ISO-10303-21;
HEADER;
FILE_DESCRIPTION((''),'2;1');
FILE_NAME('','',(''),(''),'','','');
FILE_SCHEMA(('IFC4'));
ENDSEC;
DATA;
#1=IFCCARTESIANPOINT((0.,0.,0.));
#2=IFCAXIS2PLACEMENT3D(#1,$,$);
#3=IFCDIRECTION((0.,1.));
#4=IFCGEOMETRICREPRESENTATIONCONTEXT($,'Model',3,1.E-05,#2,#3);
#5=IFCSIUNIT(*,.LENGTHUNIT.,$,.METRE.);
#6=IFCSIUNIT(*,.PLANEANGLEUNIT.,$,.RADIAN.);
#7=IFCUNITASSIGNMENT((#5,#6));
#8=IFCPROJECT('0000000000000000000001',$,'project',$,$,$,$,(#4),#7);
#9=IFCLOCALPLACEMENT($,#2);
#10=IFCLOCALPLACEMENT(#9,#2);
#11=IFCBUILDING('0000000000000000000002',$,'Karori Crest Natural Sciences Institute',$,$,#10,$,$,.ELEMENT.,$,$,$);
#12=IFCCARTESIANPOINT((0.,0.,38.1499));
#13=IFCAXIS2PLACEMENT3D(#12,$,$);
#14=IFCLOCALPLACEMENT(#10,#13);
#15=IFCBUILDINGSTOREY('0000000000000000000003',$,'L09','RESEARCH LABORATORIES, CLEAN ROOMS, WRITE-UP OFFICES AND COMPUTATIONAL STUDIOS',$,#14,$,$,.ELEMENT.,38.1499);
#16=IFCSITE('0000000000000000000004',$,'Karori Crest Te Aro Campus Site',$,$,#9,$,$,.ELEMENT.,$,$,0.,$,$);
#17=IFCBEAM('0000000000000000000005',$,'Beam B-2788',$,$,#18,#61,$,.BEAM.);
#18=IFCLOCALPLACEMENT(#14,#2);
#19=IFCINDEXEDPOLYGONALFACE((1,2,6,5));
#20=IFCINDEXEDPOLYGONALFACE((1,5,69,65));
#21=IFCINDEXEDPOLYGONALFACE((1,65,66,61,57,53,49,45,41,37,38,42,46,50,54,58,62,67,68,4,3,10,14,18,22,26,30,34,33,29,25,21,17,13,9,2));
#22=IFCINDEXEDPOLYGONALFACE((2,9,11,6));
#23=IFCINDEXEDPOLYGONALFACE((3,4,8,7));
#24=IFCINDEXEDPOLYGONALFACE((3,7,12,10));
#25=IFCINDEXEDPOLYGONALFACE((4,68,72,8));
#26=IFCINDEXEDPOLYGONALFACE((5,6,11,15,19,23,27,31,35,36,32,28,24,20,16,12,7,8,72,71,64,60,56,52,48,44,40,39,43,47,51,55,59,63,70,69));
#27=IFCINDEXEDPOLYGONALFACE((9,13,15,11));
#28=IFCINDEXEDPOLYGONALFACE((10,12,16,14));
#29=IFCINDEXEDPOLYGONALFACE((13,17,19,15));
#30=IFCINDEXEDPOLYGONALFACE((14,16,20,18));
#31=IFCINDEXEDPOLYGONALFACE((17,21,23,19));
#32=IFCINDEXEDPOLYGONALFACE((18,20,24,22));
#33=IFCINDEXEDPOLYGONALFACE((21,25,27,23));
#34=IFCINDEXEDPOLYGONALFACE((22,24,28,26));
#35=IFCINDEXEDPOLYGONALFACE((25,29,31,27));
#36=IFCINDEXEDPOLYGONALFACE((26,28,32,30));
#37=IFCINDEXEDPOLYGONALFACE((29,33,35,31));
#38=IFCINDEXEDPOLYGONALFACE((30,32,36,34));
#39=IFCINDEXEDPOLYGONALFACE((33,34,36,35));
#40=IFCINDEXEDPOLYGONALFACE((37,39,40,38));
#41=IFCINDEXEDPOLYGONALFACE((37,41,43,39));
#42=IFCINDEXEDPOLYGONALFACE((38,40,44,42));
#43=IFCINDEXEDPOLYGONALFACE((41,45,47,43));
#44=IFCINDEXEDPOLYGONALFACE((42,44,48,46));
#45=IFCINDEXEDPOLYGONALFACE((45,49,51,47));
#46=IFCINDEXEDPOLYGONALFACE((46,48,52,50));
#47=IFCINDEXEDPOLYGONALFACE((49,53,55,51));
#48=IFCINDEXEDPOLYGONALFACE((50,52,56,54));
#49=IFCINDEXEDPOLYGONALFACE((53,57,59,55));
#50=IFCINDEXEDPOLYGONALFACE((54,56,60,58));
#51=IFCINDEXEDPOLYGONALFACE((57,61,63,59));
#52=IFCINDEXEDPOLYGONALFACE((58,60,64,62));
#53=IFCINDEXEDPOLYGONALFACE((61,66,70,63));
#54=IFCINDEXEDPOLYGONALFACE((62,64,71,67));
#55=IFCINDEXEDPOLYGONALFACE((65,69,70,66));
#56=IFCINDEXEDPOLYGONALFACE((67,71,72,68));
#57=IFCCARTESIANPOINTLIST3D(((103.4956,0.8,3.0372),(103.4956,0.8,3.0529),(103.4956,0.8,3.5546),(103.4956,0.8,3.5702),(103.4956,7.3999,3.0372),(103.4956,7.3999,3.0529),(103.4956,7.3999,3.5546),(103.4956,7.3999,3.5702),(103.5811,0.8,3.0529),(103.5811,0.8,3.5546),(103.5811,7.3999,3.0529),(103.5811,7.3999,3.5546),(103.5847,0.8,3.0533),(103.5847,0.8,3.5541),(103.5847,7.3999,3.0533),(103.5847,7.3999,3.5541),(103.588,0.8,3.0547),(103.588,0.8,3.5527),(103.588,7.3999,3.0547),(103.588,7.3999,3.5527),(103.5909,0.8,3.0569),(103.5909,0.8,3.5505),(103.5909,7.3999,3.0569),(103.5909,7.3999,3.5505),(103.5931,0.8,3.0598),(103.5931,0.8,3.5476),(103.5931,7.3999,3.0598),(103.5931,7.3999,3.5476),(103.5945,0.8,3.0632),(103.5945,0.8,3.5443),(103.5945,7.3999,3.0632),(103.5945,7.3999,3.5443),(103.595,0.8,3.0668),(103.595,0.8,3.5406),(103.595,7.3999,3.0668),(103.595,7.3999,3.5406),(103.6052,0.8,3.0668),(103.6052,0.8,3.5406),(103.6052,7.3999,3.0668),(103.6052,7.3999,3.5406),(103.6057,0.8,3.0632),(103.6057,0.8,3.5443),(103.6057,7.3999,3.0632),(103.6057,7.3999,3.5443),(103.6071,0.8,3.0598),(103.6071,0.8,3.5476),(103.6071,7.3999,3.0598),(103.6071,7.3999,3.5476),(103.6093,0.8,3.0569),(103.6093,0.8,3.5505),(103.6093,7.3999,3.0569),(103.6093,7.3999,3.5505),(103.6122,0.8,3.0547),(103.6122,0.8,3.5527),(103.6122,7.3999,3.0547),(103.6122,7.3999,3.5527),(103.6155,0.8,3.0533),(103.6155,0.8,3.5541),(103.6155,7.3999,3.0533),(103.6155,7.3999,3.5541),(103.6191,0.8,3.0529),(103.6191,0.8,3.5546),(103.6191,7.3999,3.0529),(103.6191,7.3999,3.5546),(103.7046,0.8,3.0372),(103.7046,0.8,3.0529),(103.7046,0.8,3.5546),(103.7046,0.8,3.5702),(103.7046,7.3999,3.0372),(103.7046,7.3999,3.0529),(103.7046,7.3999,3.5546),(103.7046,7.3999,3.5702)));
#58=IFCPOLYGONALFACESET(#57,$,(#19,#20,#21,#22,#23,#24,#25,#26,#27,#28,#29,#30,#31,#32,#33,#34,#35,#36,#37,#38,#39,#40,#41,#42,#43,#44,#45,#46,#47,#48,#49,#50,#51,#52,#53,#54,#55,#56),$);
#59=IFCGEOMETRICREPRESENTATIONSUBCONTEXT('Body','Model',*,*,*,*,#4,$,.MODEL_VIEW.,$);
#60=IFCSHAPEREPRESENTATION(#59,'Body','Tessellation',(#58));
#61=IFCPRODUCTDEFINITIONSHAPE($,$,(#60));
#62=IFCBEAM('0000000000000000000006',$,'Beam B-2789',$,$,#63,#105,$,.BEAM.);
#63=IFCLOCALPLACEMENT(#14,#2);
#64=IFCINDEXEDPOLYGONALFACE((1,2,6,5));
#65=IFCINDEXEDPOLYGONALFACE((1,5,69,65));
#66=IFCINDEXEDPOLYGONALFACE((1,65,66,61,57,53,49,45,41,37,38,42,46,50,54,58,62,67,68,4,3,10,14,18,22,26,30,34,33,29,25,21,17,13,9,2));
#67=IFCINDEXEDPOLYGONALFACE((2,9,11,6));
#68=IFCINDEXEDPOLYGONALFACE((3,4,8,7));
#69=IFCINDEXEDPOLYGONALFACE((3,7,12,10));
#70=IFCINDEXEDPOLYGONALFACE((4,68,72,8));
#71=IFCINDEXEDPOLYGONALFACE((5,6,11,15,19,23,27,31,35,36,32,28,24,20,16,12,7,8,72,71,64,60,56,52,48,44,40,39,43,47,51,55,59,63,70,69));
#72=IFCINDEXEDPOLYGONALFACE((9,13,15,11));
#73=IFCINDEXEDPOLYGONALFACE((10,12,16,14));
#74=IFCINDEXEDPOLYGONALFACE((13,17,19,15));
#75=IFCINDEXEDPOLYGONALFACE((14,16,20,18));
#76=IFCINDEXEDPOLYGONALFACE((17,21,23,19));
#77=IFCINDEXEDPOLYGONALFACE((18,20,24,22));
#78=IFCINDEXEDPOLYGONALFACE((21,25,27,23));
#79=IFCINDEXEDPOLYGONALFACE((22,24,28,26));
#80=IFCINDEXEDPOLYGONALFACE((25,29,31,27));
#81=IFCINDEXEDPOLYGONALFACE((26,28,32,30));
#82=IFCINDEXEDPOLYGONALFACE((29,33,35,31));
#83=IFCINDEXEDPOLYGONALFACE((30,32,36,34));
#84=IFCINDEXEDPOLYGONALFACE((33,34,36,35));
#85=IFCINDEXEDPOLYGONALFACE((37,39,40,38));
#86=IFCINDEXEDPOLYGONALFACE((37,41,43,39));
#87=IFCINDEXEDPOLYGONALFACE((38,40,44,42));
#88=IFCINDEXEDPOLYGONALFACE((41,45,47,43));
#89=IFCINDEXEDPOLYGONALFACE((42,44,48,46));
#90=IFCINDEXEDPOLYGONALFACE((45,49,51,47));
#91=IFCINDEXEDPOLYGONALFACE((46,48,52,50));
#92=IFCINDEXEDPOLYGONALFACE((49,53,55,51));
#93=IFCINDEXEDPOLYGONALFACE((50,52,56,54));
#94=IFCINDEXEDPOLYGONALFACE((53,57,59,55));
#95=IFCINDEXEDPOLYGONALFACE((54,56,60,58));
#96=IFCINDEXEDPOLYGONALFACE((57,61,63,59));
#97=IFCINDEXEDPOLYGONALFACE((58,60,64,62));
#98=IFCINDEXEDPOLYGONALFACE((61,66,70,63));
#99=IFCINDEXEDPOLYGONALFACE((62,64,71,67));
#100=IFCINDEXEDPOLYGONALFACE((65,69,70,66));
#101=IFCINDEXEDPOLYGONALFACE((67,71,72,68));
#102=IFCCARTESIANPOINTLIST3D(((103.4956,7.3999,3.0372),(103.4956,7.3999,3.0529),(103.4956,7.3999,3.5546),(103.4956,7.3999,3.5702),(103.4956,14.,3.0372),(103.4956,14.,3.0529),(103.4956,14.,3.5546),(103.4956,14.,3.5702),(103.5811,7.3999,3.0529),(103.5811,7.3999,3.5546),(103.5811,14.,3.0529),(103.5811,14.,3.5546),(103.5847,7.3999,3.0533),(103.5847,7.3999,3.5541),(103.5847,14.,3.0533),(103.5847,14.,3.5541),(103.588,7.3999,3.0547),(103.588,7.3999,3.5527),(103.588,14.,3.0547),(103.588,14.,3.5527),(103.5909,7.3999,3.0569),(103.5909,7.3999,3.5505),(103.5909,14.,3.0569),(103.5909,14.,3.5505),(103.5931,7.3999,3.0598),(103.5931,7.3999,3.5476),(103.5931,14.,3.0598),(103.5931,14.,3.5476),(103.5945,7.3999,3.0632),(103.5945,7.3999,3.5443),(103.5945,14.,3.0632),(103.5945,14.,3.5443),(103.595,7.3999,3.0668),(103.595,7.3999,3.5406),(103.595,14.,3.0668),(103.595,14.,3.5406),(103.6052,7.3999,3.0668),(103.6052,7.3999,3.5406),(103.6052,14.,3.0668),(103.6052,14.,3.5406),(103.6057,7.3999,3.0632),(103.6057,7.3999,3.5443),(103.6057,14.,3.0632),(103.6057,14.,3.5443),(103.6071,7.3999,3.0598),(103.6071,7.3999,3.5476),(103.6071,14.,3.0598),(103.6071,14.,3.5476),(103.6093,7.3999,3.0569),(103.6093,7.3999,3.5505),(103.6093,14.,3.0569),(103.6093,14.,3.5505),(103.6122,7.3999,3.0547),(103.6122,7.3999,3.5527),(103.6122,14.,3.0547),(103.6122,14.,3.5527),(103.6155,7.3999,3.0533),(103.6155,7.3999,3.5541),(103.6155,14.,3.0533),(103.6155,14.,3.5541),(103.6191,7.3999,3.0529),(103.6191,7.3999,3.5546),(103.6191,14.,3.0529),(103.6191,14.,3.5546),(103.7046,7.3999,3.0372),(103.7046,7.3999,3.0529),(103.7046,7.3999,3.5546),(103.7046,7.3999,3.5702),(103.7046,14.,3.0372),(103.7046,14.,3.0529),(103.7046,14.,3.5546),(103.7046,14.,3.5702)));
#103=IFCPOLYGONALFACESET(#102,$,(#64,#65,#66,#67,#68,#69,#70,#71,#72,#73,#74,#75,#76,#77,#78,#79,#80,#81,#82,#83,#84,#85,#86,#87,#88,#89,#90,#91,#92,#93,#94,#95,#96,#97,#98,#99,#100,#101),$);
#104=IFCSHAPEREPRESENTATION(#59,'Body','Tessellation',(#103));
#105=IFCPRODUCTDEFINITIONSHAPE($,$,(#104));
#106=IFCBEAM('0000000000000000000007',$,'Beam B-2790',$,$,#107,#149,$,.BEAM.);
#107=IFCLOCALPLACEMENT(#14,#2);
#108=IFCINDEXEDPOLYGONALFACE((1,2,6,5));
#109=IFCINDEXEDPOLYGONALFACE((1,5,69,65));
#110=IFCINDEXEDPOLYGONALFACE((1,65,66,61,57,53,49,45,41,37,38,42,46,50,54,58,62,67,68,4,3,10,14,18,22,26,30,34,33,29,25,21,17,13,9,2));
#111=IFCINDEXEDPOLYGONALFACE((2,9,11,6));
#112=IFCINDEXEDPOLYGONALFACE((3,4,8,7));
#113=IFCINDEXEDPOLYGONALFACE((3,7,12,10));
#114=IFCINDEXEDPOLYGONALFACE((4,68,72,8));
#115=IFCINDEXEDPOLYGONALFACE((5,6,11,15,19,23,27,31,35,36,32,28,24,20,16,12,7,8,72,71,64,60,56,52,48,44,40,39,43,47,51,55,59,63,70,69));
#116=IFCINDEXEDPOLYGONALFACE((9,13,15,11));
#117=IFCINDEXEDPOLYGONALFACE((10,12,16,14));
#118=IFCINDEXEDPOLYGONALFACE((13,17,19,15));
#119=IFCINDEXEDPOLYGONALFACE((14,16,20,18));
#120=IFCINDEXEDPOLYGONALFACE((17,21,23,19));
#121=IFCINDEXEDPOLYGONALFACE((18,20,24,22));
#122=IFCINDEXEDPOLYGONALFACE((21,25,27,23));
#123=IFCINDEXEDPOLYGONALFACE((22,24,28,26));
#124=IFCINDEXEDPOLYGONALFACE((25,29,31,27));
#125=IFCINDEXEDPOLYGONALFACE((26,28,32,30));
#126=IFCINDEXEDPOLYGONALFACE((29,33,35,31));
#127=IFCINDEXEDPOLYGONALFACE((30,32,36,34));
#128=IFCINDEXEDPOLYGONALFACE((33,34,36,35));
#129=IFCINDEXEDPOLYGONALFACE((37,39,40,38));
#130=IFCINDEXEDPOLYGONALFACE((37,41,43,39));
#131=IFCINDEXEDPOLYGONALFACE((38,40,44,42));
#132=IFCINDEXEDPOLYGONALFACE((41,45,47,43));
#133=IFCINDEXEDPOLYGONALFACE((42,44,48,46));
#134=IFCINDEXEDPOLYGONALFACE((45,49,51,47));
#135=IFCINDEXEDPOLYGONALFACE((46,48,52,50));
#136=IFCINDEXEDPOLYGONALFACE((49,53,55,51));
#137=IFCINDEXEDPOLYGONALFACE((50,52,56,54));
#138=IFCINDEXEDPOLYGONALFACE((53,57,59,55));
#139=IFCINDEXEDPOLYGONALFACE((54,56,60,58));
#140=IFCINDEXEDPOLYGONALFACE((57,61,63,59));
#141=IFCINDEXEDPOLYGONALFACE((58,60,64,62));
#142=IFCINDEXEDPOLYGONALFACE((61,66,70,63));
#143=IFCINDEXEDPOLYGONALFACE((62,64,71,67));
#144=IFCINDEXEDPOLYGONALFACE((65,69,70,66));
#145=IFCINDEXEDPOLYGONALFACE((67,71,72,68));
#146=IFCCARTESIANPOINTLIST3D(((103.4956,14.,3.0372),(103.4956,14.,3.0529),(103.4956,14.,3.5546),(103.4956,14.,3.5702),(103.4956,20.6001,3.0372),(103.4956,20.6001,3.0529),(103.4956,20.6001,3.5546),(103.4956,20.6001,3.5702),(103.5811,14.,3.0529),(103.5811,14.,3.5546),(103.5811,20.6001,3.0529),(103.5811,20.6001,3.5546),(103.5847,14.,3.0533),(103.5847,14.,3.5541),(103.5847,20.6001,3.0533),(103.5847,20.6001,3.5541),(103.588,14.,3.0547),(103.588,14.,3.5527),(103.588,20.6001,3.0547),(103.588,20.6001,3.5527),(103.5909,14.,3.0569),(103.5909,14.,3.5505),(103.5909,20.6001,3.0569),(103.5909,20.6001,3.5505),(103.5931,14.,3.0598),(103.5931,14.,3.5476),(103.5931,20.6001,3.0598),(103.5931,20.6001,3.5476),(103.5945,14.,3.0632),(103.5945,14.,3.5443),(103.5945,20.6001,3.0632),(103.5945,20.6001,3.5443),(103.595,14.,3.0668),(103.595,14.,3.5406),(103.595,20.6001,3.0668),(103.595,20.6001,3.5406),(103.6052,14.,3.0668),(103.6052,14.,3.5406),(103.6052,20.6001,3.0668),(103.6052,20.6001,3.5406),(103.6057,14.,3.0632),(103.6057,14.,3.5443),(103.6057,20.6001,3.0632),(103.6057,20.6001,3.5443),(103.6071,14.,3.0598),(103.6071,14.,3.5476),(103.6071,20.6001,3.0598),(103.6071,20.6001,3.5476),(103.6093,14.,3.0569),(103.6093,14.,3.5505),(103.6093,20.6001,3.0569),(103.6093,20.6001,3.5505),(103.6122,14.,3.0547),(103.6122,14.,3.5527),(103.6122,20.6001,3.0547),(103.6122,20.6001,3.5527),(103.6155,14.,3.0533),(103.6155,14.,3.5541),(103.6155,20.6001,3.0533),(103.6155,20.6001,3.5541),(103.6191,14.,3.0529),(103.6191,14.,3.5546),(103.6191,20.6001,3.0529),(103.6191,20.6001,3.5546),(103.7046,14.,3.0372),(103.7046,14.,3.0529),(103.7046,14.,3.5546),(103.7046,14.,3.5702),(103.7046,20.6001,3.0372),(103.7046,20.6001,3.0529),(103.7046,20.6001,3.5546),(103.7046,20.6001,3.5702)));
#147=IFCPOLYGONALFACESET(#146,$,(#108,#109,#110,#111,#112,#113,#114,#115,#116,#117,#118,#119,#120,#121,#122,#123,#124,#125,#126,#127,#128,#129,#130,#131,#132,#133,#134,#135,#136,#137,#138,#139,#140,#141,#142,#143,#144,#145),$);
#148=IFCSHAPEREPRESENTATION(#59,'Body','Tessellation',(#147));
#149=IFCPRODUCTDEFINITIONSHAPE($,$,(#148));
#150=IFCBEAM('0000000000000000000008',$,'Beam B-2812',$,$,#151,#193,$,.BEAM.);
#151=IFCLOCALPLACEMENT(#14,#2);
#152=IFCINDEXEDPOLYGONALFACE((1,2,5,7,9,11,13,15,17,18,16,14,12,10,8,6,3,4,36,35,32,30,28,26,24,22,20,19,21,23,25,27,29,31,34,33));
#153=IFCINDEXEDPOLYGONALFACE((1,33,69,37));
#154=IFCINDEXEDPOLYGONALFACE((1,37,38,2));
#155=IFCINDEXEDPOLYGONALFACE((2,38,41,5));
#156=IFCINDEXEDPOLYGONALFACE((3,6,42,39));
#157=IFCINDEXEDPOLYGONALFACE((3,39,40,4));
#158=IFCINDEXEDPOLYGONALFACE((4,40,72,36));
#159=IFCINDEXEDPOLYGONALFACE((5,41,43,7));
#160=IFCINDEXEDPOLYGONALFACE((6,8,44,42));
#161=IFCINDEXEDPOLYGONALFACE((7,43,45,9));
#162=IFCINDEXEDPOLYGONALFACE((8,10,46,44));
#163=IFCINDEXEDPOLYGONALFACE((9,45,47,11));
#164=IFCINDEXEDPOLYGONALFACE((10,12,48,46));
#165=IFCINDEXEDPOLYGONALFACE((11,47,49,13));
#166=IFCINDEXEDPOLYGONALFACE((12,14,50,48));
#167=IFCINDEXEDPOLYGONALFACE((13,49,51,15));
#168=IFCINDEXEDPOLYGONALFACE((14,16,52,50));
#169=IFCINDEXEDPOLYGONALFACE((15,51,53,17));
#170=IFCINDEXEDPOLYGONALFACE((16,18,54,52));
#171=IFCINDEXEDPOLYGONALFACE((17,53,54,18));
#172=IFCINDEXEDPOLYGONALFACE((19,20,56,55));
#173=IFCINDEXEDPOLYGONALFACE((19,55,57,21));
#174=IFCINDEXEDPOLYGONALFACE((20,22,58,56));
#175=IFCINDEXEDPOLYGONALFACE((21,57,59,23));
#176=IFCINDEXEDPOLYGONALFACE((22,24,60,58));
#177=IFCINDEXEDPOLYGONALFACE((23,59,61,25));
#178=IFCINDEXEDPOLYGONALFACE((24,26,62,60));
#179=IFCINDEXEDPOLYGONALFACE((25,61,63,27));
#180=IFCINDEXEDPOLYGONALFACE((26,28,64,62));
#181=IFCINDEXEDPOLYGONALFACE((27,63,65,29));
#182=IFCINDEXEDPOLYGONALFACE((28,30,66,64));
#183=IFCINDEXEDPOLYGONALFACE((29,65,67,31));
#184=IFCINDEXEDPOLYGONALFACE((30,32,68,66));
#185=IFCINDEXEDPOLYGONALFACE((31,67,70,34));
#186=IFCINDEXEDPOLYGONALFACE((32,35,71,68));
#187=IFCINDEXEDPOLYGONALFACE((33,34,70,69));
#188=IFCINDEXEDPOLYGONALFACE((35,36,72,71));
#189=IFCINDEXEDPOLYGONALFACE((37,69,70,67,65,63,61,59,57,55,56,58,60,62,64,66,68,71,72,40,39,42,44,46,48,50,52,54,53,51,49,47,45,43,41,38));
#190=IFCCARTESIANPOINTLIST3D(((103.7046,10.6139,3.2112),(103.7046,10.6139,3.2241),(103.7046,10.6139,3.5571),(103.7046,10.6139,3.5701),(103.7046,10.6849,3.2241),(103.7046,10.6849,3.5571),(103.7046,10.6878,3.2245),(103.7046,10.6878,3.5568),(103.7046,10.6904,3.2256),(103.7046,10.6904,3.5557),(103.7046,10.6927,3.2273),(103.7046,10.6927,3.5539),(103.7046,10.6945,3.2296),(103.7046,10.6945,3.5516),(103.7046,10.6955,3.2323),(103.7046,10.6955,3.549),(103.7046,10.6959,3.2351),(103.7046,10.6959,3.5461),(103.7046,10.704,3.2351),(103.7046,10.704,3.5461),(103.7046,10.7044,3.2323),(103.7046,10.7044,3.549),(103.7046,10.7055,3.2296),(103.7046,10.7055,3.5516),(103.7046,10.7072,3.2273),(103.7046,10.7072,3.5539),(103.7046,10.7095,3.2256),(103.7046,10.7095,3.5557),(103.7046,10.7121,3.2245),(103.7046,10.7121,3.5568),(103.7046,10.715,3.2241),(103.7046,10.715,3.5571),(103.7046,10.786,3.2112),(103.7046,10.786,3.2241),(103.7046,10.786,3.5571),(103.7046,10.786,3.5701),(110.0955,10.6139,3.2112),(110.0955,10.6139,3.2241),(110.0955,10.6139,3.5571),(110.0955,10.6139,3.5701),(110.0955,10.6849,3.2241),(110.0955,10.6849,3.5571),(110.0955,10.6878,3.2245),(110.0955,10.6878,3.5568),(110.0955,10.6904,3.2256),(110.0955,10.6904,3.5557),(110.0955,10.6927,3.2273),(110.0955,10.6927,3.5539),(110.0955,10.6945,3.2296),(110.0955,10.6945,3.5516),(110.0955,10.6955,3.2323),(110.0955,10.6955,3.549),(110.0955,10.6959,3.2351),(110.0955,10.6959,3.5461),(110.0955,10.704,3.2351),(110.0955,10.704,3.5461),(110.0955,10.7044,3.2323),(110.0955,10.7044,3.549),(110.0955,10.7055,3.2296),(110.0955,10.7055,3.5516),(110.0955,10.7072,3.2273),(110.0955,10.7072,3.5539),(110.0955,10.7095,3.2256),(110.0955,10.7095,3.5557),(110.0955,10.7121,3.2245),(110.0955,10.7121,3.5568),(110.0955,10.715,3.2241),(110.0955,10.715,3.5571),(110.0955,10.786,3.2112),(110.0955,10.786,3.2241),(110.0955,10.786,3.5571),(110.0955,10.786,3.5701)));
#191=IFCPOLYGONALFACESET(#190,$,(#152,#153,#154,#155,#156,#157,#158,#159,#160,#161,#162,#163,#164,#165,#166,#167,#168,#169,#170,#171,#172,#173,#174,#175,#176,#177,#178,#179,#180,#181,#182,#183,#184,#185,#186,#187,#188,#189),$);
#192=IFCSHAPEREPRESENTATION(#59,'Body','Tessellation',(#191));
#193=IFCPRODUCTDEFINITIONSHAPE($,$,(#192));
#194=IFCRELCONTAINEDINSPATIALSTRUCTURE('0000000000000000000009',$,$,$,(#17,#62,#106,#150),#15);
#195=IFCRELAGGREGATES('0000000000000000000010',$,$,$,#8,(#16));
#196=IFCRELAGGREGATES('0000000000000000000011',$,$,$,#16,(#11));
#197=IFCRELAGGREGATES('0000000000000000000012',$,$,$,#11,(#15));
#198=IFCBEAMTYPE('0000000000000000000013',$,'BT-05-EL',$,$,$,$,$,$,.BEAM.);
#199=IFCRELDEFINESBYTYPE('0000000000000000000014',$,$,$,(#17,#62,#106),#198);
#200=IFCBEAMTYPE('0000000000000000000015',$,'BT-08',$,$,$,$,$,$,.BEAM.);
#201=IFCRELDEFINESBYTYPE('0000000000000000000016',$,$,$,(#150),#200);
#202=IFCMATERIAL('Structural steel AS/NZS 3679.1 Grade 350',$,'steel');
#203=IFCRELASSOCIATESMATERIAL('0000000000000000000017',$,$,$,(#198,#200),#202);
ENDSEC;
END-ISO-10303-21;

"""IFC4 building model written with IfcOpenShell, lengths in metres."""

from ifc_helpers import new_model, si_unit, direction, frame, origin, origin_2d, place, context, subcontext, project, spatial, i_section, extrude, material, material_profile, profile_set, type_object, element, save


model = new_model("IFC4")

# Units and contexts
model_context = context("Model", 3, precision=1e-05, world=origin(), true_north=direction((0.0, 1.0)))
body_context = subcontext(model_context, "Body", "Model", "MODEL_VIEW")
ifc_project = project(units=[si_unit("LENGTHUNIT", "METRE"), si_unit("PLANEANGLEUNIT", "RADIAN")], contexts=[model_context])

# Site, building, storey
site_placement = place(None, origin())
site = spatial("IfcSite", under=ifc_project, at=site_placement, Name="Karori Crest Te Aro Campus Site", CompositionType="ELEMENT", RefElevation=0.0)
building_placement = place(site_placement, origin())
building = spatial("IfcBuilding", under=site, at=building_placement, Name="Karori Crest Natural Sciences Institute", CompositionType="ELEMENT")
storey_placement = place(building_placement, frame((0.0, 0.0, 38.1499)))
storey = spatial("IfcBuildingStorey", under=building, at=storey_placement, Name="L09", Description="RESEARCH LABORATORIES, CLEAN ROOMS, WRITE-UP OFFICES AND COMPUTATIONAL STUDIOS", CompositionType="ELEMENT", Elevation=38.1499)

# Beams
ifc_material_1 = material(Name="Structural steel AS/NZS 3679.1 Grade 350", Category="steel")
ifc_material_profile_1 = material_profile(ifc_material_1, i_section(OverallWidth=0.209, OverallDepth=0.533, WebThickness=0.0103, FlangeThickness=0.0156, FilletRadius=0.0139, at=origin_2d()), Name="530UB92.4")
ifc_profile_set_1 = profile_set([ifc_material_profile_1], Name="Structural steel AS/NZS 3679.1 Grade 350")
beam_type_1 = type_object("IfcBeamType", Name="BT-05-EL", PredefinedType="BEAM", material=ifc_profile_set_1)
beam_1_placement = place(storey_placement, frame((103.6001, 0.8, 3.3037), z_axis=(0.0, 1.0, 0.0), x_axis=(-1.0, 0.0, 0.0)))
element("IfcBeam", 1, at=beam_1_placement, inside=storey, type_object=beam_type_1, Name="Beam B-2788", PredefinedType="BEAM", context=body_context, shape_type="SweptSolid", body=[
    extrude(i_section(OverallWidth=0.209, OverallDepth=0.533, WebThickness=0.0103, FlangeThickness=0.0156, FilletRadius=0.0139, at=origin_2d()), origin(), (0.0, 0.0, 1.0), 6.5999),
])
for number, where, z_axis, x_axis, name in (
    (2, (103.6001, 7.3999, 3.3037), (0.0, 1.0, 0.0), (-1.0, 0.0, 0.0), "Beam B-2789"),
    (3, (103.6001, 14.0, 3.3037), (0.0, 1.0, 0.0), (-1.0, 0.0, 0.0), "Beam B-2790"),
):
    element("IfcBeam", number, at=place(storey_placement, frame(where, z_axis=z_axis, x_axis=x_axis)), inside=storey, type_object=beam_type_1, Name=name, PredefinedType="BEAM", context=body_context, shape_type="SweptSolid", body=[
        extrude(i_section(OverallWidth=0.209, OverallDepth=0.533, WebThickness=0.0103, FlangeThickness=0.0156, FilletRadius=0.0139, at=origin_2d()), origin(), (0.0, 0.0, 1.0), 6.6001),
    ])
ifc_material_profile_2 = material_profile(ifc_material_1, i_section(OverallWidth=0.1721, OverallDepth=0.3589, WebThickness=0.0081, FlangeThickness=0.0129, FilletRadius=0.011, at=origin_2d()), Name="360UB56.7")
ifc_profile_set_2 = profile_set([ifc_material_profile_2], Name="Structural steel AS/NZS 3679.1 Grade 350")
beam_type_2 = type_object("IfcBeamType", Name="BT-08", PredefinedType="BEAM", material=ifc_profile_set_2)
for number, where, z_axis, x_axis, name in (
    (4, (103.7046, 10.7, 3.3906), (1.0, 0.0, 0.0), (0.0, 1.0, 0.0), "Beam B-2812"),
):
    element("IfcBeam", number, at=place(storey_placement, frame(where, z_axis=z_axis, x_axis=x_axis)), inside=storey, type_object=beam_type_2, Name=name, PredefinedType="BEAM", context=body_context, shape_type="SweptSolid", body=[
        extrude(i_section(OverallWidth=0.1721, OverallDepth=0.3589, WebThickness=0.0081, FlangeThickness=0.0129, FilletRadius=0.011, at=origin_2d()), origin(), (0.0, 0.0, 1.0), 6.3909),
    ])

save(model, "model.ifc")
